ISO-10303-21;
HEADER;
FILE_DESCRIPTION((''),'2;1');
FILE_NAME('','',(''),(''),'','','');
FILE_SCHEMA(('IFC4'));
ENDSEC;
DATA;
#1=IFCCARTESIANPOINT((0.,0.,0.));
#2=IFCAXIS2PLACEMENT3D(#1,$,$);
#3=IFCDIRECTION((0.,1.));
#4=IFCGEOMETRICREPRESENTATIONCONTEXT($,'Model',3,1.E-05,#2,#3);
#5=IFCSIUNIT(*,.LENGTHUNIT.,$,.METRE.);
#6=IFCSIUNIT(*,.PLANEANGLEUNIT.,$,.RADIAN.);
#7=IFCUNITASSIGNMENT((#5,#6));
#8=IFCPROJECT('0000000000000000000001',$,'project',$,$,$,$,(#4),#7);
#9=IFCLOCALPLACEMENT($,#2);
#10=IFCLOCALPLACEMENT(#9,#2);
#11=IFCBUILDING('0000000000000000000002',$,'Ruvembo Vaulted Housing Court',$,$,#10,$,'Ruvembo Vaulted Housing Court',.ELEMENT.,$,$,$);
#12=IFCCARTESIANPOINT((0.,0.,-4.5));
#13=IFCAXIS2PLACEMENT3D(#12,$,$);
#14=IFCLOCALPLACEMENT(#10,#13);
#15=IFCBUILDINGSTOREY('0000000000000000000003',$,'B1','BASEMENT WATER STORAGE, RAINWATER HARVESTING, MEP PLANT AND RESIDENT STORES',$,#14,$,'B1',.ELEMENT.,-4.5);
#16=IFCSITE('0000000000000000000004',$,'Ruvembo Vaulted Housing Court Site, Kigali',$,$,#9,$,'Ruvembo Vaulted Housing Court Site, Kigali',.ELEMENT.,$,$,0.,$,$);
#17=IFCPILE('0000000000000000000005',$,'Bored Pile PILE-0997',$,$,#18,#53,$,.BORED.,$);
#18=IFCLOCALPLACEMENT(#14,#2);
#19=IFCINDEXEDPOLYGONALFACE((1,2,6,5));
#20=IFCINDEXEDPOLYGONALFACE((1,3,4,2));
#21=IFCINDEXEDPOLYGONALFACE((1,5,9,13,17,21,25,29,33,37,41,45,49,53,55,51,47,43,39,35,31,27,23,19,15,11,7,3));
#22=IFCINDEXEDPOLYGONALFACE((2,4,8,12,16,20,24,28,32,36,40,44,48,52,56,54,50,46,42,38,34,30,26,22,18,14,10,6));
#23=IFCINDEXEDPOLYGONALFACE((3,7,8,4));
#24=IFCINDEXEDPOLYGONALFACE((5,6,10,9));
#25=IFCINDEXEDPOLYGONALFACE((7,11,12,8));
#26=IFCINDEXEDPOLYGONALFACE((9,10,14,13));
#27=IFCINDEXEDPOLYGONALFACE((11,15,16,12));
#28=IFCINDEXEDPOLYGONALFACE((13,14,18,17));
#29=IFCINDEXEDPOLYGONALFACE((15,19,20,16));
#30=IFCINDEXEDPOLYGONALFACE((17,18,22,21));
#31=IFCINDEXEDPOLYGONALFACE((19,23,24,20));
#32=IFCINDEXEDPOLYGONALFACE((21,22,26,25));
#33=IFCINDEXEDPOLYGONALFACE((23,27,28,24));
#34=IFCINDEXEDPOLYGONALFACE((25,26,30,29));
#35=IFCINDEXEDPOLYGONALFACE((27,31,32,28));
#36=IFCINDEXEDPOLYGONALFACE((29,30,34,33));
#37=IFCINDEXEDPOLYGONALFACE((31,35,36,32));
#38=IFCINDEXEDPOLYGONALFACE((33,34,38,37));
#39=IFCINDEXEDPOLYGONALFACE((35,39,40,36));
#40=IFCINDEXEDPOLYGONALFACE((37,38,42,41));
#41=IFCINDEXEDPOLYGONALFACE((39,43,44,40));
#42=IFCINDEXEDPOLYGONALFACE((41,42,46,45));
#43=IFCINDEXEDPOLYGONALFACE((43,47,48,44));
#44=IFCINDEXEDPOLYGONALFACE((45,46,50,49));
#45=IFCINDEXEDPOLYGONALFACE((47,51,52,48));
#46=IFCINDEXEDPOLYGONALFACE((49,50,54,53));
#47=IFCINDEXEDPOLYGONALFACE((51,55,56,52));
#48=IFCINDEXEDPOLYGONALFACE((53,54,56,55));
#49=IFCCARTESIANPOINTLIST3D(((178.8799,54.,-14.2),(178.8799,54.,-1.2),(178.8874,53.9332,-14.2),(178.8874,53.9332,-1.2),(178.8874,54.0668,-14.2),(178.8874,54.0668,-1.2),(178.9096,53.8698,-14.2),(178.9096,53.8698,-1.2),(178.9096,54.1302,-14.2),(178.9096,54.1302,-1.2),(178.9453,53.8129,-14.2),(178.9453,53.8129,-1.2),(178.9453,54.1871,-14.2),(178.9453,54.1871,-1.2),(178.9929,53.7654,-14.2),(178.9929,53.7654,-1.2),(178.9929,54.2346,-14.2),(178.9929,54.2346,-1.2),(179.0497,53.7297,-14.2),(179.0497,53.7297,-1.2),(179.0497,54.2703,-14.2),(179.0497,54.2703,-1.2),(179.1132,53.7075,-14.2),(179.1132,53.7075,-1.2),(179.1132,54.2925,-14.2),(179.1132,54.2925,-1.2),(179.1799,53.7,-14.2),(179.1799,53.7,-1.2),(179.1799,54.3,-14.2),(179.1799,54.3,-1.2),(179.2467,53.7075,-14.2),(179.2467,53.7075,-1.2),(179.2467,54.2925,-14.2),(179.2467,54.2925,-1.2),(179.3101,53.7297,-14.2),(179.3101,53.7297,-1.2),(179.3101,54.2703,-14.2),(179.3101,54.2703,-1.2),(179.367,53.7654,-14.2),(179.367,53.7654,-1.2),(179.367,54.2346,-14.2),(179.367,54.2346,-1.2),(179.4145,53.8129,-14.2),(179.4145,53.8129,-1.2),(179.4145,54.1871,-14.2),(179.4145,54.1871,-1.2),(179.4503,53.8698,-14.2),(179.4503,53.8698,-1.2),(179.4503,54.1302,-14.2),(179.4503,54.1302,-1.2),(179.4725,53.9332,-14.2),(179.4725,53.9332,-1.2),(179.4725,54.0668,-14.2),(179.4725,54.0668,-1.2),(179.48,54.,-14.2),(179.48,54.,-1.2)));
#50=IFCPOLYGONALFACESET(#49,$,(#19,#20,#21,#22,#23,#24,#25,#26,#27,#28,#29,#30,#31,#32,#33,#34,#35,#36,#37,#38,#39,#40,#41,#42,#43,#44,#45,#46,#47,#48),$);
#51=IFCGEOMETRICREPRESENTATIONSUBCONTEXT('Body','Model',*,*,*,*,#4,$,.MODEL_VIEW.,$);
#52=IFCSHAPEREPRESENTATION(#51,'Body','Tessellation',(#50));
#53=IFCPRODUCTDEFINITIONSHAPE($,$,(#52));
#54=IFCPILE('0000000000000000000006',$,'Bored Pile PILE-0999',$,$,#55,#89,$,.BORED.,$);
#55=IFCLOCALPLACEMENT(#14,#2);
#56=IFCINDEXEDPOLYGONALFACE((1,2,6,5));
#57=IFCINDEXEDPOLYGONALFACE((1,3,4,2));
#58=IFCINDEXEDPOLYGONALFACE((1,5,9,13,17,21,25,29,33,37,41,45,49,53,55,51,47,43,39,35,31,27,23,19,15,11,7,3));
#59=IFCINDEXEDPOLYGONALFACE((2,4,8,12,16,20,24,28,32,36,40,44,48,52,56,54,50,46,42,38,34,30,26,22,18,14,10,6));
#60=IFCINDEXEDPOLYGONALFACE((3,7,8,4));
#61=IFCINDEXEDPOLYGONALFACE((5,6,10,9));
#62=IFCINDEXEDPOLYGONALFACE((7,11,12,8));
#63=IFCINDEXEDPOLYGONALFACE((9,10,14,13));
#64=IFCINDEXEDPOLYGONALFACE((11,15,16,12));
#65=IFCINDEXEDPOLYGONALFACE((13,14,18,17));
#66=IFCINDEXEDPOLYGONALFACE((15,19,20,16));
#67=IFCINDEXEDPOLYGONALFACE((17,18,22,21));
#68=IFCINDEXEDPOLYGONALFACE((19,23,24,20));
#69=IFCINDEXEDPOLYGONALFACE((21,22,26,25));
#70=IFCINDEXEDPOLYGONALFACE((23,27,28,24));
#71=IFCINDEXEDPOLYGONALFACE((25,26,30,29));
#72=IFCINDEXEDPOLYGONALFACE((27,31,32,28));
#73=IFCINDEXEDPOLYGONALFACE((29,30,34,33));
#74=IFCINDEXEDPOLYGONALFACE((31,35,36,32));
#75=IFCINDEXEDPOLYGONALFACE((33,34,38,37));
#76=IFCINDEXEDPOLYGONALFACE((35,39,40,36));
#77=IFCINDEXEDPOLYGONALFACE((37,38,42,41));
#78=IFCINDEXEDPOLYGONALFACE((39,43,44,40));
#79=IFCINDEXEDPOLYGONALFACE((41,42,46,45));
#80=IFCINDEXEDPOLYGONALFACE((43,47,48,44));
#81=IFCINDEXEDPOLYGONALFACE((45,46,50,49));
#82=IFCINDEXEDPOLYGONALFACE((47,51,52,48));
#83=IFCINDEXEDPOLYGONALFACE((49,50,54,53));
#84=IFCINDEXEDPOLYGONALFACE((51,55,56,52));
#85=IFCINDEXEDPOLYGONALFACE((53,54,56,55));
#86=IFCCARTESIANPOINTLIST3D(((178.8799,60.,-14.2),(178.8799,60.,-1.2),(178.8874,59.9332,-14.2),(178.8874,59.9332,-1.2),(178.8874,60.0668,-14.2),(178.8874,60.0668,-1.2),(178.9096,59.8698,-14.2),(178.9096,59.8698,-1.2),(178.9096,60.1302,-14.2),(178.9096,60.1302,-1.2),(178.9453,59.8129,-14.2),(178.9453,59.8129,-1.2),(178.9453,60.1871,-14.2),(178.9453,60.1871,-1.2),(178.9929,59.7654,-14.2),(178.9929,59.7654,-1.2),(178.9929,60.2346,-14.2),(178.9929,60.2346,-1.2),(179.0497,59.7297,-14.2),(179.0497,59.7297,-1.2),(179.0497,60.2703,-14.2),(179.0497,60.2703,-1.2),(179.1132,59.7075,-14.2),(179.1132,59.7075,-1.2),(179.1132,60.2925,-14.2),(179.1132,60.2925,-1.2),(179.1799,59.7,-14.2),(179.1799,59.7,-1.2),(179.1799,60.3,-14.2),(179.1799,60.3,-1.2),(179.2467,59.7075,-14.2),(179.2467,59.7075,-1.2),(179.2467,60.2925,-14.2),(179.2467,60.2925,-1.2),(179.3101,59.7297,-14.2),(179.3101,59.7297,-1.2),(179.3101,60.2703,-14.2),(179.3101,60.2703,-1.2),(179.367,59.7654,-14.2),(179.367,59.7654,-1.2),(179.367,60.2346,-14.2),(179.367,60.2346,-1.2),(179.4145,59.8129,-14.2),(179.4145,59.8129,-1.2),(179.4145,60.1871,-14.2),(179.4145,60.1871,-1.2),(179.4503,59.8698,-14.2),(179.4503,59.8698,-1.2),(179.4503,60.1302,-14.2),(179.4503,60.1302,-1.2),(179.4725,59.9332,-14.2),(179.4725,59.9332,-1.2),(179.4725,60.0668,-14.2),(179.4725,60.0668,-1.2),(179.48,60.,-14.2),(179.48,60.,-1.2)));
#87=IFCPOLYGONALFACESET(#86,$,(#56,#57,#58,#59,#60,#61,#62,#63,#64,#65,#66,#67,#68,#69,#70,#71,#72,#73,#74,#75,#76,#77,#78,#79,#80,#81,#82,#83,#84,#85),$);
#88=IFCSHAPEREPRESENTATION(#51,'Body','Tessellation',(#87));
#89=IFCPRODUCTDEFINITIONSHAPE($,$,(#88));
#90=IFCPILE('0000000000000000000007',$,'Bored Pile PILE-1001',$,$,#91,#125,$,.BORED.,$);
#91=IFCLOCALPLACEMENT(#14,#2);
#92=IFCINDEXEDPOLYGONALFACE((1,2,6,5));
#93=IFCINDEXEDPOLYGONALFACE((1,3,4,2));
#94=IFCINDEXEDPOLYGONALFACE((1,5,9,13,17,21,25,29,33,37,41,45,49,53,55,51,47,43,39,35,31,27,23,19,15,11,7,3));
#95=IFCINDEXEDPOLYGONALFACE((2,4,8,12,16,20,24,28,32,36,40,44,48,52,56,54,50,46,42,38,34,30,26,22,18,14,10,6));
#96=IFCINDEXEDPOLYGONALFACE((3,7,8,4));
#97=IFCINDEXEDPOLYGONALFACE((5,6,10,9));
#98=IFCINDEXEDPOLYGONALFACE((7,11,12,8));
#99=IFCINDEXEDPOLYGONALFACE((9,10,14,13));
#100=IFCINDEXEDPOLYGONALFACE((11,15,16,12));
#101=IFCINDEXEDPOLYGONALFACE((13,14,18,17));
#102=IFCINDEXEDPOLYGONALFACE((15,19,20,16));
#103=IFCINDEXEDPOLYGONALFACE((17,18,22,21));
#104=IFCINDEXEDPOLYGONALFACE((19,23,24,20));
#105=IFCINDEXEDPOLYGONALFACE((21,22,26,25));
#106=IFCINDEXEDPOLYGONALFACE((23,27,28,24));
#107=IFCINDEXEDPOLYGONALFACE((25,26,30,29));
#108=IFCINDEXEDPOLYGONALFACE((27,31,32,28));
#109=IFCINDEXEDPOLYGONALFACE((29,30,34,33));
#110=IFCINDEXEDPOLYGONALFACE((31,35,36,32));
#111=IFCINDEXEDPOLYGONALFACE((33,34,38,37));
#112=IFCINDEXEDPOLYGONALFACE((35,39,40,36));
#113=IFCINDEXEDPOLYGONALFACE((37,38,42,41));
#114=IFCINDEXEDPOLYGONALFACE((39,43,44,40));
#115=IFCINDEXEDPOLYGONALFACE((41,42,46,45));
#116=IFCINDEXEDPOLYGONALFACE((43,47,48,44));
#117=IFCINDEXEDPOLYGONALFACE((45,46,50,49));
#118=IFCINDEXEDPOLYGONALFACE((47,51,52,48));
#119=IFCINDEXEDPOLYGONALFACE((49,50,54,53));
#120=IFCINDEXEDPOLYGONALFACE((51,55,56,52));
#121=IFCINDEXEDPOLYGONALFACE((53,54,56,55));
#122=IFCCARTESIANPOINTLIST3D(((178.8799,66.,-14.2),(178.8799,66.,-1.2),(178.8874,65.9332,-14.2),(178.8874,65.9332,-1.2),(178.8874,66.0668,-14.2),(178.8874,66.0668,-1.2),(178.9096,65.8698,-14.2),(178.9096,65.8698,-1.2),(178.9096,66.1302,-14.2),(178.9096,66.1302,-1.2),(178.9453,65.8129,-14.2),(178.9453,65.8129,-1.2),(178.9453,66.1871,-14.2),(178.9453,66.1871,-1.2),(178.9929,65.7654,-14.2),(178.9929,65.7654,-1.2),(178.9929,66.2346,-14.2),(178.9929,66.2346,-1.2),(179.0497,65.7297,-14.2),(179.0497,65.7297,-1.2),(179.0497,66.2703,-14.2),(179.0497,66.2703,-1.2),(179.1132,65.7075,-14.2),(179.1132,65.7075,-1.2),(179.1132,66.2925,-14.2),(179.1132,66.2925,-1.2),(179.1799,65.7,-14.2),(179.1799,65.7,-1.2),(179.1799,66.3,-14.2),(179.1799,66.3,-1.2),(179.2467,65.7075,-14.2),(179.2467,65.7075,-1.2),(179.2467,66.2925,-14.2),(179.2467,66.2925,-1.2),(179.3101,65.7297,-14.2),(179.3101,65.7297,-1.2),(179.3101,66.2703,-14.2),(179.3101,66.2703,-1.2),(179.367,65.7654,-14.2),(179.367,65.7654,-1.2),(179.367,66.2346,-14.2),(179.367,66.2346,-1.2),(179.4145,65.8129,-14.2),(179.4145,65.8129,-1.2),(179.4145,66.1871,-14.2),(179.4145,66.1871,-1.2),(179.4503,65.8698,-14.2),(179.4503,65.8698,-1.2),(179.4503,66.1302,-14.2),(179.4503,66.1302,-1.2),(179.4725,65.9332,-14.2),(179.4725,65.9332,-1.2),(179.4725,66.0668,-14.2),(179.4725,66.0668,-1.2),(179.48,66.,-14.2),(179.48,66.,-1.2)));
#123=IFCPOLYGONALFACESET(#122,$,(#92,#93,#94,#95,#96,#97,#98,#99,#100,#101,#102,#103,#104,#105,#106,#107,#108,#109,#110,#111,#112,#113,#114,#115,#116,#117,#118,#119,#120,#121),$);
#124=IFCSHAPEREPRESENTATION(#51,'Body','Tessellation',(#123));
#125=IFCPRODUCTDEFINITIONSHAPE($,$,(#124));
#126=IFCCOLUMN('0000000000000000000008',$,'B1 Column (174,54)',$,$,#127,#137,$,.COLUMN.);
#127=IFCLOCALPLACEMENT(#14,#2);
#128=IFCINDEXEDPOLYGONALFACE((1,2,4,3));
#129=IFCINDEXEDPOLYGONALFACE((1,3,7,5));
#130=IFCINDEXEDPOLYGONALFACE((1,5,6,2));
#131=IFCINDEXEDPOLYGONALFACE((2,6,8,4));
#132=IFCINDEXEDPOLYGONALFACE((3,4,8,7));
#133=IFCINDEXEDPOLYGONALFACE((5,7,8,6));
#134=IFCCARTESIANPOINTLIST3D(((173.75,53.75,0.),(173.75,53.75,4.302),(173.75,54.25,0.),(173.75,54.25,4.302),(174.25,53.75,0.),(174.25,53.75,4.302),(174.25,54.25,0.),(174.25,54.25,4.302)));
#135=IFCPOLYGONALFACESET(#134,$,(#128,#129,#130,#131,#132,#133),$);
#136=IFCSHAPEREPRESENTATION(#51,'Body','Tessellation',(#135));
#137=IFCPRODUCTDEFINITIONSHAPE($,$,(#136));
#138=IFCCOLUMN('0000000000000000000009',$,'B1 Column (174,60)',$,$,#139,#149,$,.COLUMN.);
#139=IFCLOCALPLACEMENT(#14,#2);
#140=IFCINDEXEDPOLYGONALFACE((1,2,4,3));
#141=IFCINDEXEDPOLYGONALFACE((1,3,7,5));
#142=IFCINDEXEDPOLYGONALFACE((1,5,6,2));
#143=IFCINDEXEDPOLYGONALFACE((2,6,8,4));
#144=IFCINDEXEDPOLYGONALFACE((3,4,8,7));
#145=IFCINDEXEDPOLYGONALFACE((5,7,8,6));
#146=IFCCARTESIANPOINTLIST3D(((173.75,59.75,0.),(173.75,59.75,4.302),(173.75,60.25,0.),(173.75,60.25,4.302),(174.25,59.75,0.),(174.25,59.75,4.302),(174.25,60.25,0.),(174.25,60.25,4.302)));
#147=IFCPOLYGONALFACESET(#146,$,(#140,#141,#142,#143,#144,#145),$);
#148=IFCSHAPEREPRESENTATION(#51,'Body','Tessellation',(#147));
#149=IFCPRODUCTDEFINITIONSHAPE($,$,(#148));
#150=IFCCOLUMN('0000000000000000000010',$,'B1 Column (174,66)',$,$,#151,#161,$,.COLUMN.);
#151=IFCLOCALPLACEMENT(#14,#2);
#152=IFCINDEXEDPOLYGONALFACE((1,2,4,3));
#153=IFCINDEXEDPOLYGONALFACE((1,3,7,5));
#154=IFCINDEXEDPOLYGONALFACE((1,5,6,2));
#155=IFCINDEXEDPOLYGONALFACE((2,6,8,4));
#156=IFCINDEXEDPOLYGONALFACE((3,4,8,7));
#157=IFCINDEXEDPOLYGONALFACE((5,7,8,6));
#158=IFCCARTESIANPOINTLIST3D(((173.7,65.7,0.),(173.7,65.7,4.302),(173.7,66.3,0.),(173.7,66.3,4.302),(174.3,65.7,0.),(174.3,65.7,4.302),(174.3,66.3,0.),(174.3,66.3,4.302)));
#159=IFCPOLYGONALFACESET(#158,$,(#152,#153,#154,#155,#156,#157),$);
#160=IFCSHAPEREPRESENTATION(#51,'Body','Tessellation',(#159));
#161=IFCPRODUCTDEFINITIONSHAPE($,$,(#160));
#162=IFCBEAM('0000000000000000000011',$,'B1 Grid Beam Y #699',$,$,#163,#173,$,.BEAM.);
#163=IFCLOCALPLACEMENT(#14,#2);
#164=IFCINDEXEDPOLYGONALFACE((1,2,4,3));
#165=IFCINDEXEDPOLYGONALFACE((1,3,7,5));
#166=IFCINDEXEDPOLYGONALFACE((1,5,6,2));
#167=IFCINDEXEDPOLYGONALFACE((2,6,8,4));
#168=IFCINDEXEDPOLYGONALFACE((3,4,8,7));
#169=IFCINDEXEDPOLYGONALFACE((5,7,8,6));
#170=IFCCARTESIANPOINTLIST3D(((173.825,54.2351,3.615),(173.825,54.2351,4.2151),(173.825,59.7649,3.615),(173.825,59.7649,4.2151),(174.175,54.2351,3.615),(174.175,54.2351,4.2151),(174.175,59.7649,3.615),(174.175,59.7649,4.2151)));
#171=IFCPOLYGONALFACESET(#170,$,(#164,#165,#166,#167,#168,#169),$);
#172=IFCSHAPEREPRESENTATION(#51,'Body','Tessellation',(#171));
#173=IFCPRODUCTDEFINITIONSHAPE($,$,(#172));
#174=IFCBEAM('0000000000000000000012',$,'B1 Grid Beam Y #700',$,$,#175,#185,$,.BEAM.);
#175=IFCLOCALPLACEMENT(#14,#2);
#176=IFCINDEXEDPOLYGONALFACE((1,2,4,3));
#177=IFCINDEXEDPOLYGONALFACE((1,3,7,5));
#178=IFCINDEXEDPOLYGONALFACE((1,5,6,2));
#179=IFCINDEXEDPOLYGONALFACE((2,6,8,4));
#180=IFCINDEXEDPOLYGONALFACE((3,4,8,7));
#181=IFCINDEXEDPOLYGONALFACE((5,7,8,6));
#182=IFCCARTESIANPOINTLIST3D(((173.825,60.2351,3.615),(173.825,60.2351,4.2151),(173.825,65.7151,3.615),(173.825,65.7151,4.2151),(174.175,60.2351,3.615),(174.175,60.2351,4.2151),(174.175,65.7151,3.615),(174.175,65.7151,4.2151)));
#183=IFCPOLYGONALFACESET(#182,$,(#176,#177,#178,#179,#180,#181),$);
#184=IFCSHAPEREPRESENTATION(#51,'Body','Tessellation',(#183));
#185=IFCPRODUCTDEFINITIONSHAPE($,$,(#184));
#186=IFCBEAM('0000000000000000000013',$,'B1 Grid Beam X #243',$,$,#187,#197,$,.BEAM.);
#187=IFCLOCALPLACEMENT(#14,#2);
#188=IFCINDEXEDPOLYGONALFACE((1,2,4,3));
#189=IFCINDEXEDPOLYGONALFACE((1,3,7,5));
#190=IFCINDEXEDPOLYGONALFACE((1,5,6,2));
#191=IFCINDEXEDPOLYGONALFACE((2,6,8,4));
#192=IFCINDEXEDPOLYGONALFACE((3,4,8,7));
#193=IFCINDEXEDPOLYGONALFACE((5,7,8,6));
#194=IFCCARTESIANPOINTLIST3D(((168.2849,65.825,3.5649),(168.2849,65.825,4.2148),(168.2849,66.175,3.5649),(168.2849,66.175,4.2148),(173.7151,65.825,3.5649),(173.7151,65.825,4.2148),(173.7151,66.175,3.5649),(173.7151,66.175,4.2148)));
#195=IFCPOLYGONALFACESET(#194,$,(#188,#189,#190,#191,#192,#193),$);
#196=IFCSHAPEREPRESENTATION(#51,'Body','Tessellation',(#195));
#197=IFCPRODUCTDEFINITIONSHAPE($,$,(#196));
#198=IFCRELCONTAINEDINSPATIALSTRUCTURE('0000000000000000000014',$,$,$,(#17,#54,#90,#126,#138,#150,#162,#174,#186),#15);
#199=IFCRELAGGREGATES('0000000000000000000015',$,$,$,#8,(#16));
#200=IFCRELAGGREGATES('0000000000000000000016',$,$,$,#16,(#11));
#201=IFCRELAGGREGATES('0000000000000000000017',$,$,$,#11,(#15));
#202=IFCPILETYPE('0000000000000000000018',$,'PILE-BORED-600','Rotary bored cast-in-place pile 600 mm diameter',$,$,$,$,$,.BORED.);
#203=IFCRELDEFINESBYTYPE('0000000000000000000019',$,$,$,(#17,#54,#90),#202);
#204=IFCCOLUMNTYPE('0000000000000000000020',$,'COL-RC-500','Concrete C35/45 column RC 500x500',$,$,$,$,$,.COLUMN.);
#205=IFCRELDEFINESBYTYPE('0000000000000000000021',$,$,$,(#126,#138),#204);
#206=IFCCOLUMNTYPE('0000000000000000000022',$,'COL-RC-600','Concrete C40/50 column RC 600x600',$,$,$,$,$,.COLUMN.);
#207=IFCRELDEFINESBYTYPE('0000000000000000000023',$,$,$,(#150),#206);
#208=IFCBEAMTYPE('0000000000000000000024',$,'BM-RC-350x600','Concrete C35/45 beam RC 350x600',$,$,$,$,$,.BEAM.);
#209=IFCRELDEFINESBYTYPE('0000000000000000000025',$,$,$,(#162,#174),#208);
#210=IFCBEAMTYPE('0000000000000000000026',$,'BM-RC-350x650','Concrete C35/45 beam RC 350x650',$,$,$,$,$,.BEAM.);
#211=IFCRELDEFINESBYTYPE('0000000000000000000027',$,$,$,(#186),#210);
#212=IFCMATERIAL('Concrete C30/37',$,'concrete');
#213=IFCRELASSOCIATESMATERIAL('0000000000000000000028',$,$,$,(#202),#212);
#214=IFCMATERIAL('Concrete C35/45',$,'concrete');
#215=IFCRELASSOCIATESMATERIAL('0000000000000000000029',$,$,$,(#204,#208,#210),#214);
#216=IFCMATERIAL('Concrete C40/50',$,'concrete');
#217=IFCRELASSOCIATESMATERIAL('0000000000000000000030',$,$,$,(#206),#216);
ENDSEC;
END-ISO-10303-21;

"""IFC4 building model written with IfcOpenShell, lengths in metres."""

from ifc_helpers import new_model, si_unit, direction, frame, origin, origin_2d, place, context, subcontext, project, spatial, rectangle, circle, extrude, material, material_profile, profile_set, type_object, element, save


model = new_model("IFC4")

# Units and contexts
model_context = context("Model", 3, precision=1e-05, world=origin(), true_north=direction((0.0, 1.0)))
body_context = subcontext(model_context, "Body", "Model", "MODEL_VIEW")
ifc_project = project(units=[si_unit("LENGTHUNIT", "METRE"), si_unit("PLANEANGLEUNIT", "RADIAN")], contexts=[model_context])

# Site, building, storey
site_placement = place(None, origin())
site = spatial("IfcSite", under=ifc_project, at=site_placement, Name="Ruvembo Vaulted Housing Court Site, Kigali", LongName="Ruvembo Vaulted Housing Court Site, Kigali", CompositionType="ELEMENT", RefElevation=0.0)
building_placement = place(site_placement, origin())
building = spatial("IfcBuilding", under=site, at=building_placement, Name="Ruvembo Vaulted Housing Court", LongName="Ruvembo Vaulted Housing Court", CompositionType="ELEMENT")
storey_placement = place(building_placement, frame((0.0, 0.0, -4.5)))
storey = spatial("IfcBuildingStorey", under=building, at=storey_placement, Name="B1", Description="BASEMENT WATER STORAGE, RAINWATER HARVESTING, MEP PLANT AND RESIDENT STORES", LongName="B1", CompositionType="ELEMENT", Elevation=-4.5)

# Shared definitions
ifc_material_1 = material(Name="Concrete C35/45", Category="concrete")

# Piles
ifc_material_2 = material(Name="Concrete C30/37", Category="concrete")
ifc_material_profile_1 = material_profile(ifc_material_2, circle(Radius=0.3, at=origin_2d()), Name="PILE D600")
ifc_profile_set_1 = profile_set([ifc_material_profile_1], Name="Concrete C30/37")
pile_type = type_object("IfcPileType", Name="PILE-BORED-600", Description="Rotary bored cast-in-place pile 600 mm diameter", PredefinedType="BORED", material=ifc_profile_set_1)
for number, where, z_axis, x_axis, name in (
    (1, (179.1799, 54.0, -1.2), (0.0, 0.0, -1.0), (1.0, 0.0, 0.0), "Bored Pile PILE-0997"),
    (2, (179.1799, 60.0, -1.2), (0.0, 0.0, -1.0), (1.0, 0.0, 0.0), "Bored Pile PILE-0999"),
    (3, (179.1799, 66.0, -1.2), (0.0, 0.0, -1.0), (1.0, 0.0, 0.0), "Bored Pile PILE-1001"),
):
    element("IfcPile", number, at=place(storey_placement, frame(where, z_axis=z_axis, x_axis=x_axis)), inside=storey, type_object=pile_type, Name=name, PredefinedType="BORED", context=body_context, shape_type="SweptSolid", body=[
        extrude(circle(Radius=0.3, at=origin_2d()), origin(), (0.0, 0.0, 1.0), 13.0),
    ])

# Columns
ifc_material_profile_2 = material_profile(ifc_material_1, rectangle(XDim=0.5, YDim=0.5, at=origin_2d()), Name="RC 500x500")
ifc_profile_set_2 = profile_set([ifc_material_profile_2], Name="Concrete C35/45")
column_type_1 = type_object("IfcColumnType", Name="COL-RC-500", Description="Concrete C35/45 column RC 500x500", PredefinedType="COLUMN", material=ifc_profile_set_2)
for number, where, z_axis, x_axis, name in (
    (4, (174.0, 54.0, 0.0), (0.0, 0.0, 1.0), (1.0, 0.0, 0.0), "B1 Column (174,54)"),
    (5, (174.0, 60.0, 0.0), (0.0, 0.0, 1.0), (1.0, 0.0, 0.0), "B1 Column (174,60)"),
):
    element("IfcColumn", number, at=place(storey_placement, frame(where, z_axis=z_axis, x_axis=x_axis)), inside=storey, type_object=column_type_1, Name=name, PredefinedType="COLUMN", context=body_context, shape_type="SweptSolid", body=[
        extrude(rectangle(XDim=0.5, YDim=0.5, at=origin_2d()), origin(), (0.0, 0.0, 1.0), 4.302),
    ])
ifc_material_3 = material(Name="Concrete C40/50", Category="concrete")
ifc_material_profile_3 = material_profile(ifc_material_3, rectangle(XDim=0.6001, YDim=0.6001, at=origin_2d()), Name="RC 600x600")
ifc_profile_set_3 = profile_set([ifc_material_profile_3], Name="Concrete C40/50")
column_type_2 = type_object("IfcColumnType", Name="COL-RC-600", Description="Concrete C40/50 column RC 600x600", PredefinedType="COLUMN", material=ifc_profile_set_3)
column_placement = place(storey_placement, frame((174.0, 66.0, 0.0), z_axis=(0.0, 0.0, 1.0), x_axis=(1.0, 0.0, 0.0)))
element("IfcColumn", 6, at=column_placement, inside=storey, type_object=column_type_2, Name="B1 Column (174,66)", PredefinedType="COLUMN", context=body_context, shape_type="SweptSolid", body=[
    extrude(rectangle(XDim=0.6001, YDim=0.6001, at=origin_2d()), origin(), (0.0, 0.0, 1.0), 4.302),
])

# Beams
ifc_material_profile_4 = material_profile(ifc_material_1, rectangle(XDim=0.3501, YDim=0.6001, at=origin_2d()), Name="RC 350x600")
ifc_profile_set_4 = profile_set([ifc_material_profile_4], Name="Concrete C35/45")
beam_type_1 = type_object("IfcBeamType", Name="BM-RC-350x600", Description="Concrete C35/45 beam RC 350x600", PredefinedType="BEAM", material=ifc_profile_set_4)
beam_1_placement = place(storey_placement, frame((174.0, 54.2351, 3.915), z_axis=(0.0, 1.0, 0.0), x_axis=(-1.0, 0.0, 0.0)))
element("IfcBeam", 7, at=beam_1_placement, inside=storey, type_object=beam_type_1, Name="B1 Grid Beam Y #699", PredefinedType="BEAM", context=body_context, shape_type="SweptSolid", body=[
    extrude(rectangle(XDim=0.3501, YDim=0.6001, at=origin_2d()), origin(), (0.0, 0.0, 1.0), 5.5298),
])
beam_2_placement = place(storey_placement, frame((174.0, 60.2351, 3.915), z_axis=(0.0, 1.0, 0.0), x_axis=(-1.0, 0.0, 0.0)))
element("IfcBeam", 8, at=beam_2_placement, inside=storey, type_object=beam_type_1, Name="B1 Grid Beam Y #700", PredefinedType="BEAM", context=body_context, shape_type="SweptSolid", body=[
    extrude(rectangle(XDim=0.3501, YDim=0.6001, at=origin_2d()), origin(), (0.0, 0.0, 1.0), 5.48),
])
ifc_material_profile_5 = material_profile(ifc_material_1, rectangle(XDim=0.3501, YDim=0.6499, at=origin_2d()), Name="RC 350x650")
ifc_profile_set_5 = profile_set([ifc_material_profile_5], Name="Concrete C35/45")
beam_type_2 = type_object("IfcBeamType", Name="BM-RC-350x650", Description="Concrete C35/45 beam RC 350x650", PredefinedType="BEAM", material=ifc_profile_set_5)
for number, where, z_axis, x_axis, name in (
    (9, (168.2849, 66.0, 3.8899), (1.0, 0.0, 0.0), (0.0, 1.0, 0.0), "B1 Grid Beam X #243"),
):
    element("IfcBeam", number, at=place(storey_placement, frame(where, z_axis=z_axis, x_axis=x_axis)), inside=storey, type_object=beam_type_2, Name=name, PredefinedType="BEAM", context=body_context, shape_type="SweptSolid", body=[
        extrude(rectangle(XDim=0.3501, YDim=0.6499, at=origin_2d()), origin(), (0.0, 0.0, 1.0), 5.4302),
    ])

save(model, "model.ifc")
